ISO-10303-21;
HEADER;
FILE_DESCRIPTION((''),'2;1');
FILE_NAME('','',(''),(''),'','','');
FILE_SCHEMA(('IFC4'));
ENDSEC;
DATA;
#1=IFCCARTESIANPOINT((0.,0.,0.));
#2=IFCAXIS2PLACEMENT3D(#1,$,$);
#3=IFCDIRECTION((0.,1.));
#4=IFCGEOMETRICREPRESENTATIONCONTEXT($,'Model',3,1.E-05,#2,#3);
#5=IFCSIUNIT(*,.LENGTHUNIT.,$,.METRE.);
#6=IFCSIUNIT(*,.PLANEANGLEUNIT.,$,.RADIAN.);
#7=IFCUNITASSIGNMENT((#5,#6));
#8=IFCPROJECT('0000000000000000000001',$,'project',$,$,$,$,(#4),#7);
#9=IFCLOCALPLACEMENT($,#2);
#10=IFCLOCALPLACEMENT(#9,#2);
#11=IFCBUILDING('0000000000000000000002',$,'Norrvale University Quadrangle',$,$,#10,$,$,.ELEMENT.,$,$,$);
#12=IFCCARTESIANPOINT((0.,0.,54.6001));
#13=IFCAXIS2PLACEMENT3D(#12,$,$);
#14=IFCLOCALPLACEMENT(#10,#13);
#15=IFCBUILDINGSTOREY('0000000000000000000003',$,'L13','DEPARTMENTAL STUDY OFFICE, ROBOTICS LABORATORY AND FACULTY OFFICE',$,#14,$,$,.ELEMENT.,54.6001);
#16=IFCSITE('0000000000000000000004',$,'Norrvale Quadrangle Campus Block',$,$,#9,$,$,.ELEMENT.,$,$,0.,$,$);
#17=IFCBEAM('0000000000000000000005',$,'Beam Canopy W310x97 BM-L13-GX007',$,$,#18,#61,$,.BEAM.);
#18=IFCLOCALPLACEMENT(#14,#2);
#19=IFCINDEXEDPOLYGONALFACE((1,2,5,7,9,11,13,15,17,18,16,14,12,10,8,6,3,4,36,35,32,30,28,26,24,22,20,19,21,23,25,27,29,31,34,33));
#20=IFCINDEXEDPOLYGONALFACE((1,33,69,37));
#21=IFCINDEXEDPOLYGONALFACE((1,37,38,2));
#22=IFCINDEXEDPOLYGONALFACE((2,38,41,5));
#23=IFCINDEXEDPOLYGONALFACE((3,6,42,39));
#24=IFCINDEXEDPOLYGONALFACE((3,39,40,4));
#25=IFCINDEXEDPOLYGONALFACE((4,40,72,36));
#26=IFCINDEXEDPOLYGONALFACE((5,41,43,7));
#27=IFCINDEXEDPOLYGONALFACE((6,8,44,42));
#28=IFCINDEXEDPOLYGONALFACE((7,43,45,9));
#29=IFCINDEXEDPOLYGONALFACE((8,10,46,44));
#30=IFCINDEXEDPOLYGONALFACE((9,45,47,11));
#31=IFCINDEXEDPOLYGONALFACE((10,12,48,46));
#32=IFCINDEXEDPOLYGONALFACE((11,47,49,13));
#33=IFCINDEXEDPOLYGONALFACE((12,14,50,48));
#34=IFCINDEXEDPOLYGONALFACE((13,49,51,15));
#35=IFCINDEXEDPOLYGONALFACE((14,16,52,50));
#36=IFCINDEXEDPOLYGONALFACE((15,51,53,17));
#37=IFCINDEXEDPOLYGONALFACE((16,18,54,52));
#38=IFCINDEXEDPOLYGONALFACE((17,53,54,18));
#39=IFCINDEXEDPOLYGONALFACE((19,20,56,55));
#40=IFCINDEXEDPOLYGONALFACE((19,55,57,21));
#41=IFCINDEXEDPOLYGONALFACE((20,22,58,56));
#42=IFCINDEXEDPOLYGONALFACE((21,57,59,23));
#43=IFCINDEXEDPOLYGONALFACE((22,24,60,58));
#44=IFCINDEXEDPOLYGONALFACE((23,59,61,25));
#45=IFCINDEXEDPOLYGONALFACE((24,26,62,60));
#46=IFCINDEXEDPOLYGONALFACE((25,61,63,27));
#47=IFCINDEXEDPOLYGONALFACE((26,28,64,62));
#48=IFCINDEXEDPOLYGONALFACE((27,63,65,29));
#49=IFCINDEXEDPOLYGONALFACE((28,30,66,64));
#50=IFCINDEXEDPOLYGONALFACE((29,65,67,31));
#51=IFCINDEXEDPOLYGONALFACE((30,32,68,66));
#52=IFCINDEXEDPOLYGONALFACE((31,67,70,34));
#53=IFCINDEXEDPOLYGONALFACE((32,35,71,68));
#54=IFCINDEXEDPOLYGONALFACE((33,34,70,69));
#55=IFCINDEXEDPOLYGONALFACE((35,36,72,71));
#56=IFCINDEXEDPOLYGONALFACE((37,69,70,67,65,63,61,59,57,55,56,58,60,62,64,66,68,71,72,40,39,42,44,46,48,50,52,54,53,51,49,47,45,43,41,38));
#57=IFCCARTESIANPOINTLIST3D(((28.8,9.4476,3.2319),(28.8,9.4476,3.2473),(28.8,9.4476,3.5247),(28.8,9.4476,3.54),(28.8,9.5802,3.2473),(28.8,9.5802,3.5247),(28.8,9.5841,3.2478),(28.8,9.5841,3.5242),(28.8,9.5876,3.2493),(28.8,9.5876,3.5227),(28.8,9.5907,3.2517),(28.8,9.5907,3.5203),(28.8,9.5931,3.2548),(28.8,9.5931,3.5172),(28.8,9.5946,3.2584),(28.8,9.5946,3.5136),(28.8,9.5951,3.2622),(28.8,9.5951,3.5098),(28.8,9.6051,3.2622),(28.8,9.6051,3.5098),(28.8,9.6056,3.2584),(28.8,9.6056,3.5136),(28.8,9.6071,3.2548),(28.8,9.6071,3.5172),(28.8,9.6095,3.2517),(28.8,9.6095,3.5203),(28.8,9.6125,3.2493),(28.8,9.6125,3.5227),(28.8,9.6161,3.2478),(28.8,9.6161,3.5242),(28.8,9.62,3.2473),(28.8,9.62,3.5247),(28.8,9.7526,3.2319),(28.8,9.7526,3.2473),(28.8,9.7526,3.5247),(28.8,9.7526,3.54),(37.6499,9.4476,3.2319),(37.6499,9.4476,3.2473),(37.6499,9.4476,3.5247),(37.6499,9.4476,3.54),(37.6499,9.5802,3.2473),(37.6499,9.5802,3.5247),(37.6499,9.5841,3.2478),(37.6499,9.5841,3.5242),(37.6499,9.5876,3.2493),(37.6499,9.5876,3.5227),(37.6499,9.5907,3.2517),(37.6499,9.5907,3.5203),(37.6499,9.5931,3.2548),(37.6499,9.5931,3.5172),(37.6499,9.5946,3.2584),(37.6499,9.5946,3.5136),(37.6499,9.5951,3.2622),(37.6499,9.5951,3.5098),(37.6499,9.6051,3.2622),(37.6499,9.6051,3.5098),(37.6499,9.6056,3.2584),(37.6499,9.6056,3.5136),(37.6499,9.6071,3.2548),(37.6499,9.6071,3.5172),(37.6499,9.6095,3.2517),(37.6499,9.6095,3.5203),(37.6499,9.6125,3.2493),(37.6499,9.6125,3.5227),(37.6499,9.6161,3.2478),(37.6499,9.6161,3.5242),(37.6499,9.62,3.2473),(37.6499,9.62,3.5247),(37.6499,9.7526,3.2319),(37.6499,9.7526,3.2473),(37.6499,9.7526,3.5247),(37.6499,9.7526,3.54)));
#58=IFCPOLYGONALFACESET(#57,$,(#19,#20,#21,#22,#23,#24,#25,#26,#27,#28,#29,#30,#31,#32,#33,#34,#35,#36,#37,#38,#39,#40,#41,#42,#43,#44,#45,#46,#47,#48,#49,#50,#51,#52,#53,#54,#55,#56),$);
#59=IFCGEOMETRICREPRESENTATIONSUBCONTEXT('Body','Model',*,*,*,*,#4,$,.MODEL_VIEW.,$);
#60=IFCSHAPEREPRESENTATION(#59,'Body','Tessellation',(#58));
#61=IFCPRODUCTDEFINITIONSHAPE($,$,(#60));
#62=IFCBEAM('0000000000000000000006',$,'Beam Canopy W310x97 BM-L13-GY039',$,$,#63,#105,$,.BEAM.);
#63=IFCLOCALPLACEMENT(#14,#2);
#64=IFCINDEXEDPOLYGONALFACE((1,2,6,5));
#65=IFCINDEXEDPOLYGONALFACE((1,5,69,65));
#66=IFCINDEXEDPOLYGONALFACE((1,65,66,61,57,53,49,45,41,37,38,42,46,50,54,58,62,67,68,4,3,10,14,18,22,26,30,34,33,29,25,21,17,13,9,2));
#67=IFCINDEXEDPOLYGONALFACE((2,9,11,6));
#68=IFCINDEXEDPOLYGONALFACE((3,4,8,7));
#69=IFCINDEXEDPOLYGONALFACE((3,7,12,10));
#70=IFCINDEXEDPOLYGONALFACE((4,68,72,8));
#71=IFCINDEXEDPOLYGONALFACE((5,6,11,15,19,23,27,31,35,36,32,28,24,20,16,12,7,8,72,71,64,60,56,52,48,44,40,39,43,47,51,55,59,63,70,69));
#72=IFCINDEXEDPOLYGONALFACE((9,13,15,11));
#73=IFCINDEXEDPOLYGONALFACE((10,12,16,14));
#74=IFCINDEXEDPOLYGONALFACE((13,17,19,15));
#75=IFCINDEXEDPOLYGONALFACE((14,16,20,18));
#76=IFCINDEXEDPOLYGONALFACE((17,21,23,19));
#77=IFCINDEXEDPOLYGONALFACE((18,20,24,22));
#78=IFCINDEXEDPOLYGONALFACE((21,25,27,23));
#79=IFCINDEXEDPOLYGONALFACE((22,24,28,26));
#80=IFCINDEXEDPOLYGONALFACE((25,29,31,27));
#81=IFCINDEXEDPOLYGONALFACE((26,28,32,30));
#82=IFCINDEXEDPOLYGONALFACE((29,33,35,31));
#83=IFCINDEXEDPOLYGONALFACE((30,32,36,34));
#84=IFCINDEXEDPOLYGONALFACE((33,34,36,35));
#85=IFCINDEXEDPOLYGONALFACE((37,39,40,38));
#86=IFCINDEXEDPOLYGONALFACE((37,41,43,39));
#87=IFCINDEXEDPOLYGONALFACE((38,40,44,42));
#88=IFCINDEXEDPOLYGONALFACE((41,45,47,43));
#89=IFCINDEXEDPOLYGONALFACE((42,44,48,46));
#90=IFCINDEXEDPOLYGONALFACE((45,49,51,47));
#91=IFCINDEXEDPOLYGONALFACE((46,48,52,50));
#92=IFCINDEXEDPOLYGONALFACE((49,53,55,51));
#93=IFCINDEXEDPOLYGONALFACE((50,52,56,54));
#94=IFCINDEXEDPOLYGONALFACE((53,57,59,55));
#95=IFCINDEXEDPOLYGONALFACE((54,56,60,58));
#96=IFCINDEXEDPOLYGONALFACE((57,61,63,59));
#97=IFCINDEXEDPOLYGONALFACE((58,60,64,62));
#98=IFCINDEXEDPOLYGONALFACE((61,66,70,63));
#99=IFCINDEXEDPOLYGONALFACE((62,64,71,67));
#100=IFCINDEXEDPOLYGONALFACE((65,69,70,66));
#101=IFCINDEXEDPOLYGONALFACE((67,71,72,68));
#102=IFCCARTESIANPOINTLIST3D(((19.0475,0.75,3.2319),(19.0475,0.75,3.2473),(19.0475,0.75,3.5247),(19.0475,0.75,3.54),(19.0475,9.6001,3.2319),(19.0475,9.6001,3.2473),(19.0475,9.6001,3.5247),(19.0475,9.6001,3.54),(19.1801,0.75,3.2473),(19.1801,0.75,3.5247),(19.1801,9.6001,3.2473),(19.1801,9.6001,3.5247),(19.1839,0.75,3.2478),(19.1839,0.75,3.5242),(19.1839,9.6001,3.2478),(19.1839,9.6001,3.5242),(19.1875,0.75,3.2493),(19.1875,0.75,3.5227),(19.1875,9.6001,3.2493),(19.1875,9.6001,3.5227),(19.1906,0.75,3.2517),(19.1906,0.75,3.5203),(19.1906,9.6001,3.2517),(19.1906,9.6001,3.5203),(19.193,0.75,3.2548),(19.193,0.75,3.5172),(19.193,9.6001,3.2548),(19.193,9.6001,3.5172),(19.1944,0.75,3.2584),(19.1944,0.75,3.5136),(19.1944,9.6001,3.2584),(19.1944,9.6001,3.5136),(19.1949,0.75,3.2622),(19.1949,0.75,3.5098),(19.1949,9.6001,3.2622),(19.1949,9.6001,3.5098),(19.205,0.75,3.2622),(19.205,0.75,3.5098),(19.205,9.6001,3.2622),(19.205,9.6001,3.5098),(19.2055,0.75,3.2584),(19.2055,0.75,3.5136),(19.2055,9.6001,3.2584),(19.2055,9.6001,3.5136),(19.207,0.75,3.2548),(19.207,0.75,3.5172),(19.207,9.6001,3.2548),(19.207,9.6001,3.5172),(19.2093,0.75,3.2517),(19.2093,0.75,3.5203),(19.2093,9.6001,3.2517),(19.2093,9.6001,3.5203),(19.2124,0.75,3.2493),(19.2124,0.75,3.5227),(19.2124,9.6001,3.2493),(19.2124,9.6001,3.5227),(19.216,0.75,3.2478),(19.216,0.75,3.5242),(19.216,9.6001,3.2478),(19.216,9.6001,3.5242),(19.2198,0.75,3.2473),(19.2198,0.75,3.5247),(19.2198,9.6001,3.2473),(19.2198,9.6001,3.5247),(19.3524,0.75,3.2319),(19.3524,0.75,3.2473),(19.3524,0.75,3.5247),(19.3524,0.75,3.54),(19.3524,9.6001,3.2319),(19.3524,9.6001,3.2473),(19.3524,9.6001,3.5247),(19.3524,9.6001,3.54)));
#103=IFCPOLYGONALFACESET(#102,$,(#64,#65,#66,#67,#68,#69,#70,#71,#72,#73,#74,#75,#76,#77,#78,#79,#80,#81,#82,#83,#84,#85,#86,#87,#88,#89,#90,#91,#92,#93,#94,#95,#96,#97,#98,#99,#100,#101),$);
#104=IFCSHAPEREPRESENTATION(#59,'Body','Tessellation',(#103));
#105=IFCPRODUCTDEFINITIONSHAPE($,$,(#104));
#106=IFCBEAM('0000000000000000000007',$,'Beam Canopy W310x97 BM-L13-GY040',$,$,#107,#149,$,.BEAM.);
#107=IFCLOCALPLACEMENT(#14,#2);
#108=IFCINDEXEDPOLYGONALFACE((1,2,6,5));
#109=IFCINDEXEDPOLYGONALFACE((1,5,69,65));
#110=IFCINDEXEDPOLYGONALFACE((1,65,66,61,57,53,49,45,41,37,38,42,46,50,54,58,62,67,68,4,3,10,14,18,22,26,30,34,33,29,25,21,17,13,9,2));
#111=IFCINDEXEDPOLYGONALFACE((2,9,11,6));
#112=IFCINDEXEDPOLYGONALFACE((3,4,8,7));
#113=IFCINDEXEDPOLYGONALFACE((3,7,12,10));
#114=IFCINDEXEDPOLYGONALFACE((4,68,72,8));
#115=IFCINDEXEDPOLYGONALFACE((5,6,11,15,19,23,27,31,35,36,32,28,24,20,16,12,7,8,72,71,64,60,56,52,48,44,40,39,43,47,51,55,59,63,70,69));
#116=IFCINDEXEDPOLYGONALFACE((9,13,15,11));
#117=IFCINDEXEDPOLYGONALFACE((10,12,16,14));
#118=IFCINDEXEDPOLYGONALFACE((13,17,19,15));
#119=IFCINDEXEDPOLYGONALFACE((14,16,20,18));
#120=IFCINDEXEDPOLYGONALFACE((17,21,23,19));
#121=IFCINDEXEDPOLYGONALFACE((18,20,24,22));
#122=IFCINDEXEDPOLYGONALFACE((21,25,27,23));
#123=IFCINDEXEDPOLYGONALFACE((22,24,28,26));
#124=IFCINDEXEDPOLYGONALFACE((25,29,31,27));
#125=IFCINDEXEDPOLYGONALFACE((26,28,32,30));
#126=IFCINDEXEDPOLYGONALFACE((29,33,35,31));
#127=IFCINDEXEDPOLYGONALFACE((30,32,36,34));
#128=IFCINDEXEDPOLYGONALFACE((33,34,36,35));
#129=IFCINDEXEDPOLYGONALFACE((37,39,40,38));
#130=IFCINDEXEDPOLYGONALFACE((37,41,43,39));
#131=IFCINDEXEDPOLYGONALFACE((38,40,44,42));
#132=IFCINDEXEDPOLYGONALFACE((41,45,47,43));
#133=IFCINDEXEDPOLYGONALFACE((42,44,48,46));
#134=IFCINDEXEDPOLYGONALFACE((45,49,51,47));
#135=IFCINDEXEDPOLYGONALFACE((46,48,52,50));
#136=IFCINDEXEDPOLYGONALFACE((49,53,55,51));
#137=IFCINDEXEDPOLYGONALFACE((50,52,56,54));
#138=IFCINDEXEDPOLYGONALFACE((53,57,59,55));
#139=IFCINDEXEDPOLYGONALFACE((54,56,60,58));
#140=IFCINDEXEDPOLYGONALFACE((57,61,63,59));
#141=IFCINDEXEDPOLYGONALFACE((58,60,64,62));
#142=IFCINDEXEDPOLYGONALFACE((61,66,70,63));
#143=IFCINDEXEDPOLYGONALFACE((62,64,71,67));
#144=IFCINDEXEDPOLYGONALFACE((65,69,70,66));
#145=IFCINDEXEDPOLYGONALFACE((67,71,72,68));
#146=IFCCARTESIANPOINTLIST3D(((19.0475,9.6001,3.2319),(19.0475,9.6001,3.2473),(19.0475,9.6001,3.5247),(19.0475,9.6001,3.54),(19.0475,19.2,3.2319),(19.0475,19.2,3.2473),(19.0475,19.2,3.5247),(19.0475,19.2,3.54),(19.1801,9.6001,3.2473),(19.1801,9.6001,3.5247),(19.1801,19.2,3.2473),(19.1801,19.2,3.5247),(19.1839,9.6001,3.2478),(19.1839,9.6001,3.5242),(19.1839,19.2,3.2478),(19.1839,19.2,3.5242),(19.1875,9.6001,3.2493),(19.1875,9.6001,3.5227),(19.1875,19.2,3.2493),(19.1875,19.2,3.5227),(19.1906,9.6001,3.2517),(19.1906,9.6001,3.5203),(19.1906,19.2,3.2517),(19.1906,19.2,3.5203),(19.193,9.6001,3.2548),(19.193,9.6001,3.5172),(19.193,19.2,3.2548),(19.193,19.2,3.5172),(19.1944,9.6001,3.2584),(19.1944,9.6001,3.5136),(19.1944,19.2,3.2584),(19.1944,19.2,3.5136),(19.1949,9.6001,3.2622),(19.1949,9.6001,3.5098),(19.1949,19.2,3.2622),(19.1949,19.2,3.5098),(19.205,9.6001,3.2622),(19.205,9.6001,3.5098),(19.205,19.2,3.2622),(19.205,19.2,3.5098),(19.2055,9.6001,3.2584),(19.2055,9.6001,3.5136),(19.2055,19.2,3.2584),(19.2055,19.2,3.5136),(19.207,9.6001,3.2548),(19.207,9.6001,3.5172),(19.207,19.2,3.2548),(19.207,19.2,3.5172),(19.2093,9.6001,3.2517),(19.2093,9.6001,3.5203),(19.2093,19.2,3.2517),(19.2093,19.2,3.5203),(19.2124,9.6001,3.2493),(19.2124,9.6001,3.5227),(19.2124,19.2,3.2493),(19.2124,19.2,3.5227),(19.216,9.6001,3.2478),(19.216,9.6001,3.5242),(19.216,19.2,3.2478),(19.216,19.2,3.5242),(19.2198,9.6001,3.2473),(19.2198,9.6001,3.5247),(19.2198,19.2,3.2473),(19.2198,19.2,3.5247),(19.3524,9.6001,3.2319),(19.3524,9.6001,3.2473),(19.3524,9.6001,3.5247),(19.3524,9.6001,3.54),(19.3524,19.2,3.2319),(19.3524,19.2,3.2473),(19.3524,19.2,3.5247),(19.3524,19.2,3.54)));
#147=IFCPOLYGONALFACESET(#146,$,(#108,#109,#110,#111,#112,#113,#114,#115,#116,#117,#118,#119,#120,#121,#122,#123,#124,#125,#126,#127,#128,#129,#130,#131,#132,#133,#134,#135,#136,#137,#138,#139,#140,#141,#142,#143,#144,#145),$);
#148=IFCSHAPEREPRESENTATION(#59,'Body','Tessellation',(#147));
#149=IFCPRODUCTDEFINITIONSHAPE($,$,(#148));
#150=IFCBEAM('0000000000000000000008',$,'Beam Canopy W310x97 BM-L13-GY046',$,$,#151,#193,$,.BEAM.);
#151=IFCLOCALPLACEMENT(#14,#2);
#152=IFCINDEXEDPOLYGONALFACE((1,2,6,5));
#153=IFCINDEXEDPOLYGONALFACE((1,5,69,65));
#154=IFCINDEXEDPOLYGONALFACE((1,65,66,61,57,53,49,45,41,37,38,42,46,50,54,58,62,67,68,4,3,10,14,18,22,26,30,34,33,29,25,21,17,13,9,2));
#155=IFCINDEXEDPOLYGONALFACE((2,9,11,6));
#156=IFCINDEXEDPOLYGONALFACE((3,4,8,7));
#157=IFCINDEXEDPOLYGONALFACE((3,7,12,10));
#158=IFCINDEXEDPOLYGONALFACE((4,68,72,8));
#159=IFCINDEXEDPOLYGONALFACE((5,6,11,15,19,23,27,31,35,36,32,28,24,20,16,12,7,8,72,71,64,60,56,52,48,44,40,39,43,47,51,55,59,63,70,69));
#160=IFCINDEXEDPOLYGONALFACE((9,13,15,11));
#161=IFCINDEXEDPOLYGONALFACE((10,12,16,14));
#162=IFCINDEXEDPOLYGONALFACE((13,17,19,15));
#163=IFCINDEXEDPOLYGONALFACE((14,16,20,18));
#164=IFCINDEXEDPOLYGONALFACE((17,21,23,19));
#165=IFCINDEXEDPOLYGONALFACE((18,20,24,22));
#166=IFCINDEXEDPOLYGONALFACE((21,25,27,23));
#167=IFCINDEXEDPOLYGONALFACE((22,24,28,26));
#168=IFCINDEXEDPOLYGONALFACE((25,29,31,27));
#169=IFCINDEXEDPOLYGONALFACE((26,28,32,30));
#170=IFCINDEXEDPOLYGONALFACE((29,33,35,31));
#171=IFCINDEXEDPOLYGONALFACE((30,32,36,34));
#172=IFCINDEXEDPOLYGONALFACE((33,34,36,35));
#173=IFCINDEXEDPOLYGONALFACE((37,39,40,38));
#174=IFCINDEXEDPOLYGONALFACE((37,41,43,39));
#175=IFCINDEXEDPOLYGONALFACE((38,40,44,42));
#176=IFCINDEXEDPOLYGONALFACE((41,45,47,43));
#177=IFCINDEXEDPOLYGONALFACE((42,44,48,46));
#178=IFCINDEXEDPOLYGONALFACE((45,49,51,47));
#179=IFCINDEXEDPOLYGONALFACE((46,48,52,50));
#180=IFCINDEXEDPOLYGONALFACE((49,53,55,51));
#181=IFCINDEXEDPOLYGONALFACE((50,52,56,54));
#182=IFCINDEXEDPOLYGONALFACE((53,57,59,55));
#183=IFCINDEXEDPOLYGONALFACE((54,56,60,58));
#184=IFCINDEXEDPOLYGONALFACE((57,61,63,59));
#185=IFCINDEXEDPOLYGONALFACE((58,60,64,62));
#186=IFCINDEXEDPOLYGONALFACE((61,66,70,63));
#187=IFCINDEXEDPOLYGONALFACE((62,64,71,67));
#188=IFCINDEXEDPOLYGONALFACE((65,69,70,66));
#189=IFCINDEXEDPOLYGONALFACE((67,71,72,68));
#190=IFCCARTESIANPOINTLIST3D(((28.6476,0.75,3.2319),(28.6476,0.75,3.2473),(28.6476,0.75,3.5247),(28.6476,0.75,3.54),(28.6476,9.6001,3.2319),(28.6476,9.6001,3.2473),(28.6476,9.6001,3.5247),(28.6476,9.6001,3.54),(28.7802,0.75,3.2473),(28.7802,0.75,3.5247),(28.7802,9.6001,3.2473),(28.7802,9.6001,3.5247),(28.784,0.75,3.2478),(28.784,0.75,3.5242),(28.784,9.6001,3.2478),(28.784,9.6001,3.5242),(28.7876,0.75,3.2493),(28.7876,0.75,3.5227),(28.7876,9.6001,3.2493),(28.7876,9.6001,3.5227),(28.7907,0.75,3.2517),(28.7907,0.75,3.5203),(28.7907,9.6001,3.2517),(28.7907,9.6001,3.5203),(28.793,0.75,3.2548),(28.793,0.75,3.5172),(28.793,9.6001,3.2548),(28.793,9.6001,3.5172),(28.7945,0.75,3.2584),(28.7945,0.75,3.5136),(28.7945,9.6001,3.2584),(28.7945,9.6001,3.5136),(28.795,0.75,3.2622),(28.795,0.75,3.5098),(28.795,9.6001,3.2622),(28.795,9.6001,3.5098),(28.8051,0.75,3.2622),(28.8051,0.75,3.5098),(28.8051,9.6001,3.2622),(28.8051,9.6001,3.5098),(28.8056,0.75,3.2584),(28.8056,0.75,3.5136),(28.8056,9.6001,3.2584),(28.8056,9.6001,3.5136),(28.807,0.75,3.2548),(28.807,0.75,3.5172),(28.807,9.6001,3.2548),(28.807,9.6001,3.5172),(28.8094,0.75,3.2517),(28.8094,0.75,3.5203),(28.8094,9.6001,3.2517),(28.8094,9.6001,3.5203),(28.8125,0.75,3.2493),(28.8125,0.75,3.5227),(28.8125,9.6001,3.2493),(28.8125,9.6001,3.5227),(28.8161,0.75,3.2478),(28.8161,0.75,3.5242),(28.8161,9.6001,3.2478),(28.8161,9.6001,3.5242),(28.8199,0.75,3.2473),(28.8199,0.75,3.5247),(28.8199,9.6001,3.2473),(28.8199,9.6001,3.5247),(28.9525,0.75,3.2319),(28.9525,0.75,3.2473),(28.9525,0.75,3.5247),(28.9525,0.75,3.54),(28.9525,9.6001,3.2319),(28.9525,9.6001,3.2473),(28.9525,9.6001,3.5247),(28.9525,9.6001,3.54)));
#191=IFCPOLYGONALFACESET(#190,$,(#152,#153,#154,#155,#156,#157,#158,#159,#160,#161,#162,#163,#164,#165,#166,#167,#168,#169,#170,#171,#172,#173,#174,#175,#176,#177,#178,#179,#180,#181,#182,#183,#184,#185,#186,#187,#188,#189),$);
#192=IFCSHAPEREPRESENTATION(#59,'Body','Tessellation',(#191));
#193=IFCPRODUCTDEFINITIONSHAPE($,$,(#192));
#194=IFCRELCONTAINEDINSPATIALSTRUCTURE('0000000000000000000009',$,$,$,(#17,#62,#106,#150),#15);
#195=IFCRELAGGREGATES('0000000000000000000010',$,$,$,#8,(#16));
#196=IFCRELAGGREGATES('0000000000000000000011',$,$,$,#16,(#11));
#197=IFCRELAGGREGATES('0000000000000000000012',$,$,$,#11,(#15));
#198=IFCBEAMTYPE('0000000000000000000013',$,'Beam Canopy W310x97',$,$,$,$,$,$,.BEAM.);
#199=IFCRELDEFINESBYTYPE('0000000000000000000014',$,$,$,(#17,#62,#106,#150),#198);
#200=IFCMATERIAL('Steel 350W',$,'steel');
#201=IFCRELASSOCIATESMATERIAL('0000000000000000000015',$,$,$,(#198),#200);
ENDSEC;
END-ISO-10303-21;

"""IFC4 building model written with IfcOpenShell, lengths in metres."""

from ifc_helpers import new_model, si_unit, direction, frame, origin, origin_2d, place, context, subcontext, project, spatial, i_section, extrude, material, material_profile, profile_set, type_object, element, save


model = new_model("IFC4")

# Units and contexts
model_context = context("Model", 3, precision=1e-05, world=origin(), true_north=direction((0.0, 1.0)))
body_context = subcontext(model_context, "Body", "Model", "MODEL_VIEW")
ifc_project = project(units=[si_unit("LENGTHUNIT", "METRE"), si_unit("PLANEANGLEUNIT", "RADIAN")], contexts=[model_context])

# Site, building, storey
site_placement = place(None, origin())
site = spatial("IfcSite", under=ifc_project, at=site_placement, Name="Norrvale Quadrangle Campus Block", CompositionType="ELEMENT", RefElevation=0.0)
building_placement = place(site_placement, origin())
building = spatial("IfcBuilding", under=site, at=building_placement, Name="Norrvale University Quadrangle", CompositionType="ELEMENT")
storey_placement = place(building_placement, frame((0.0, 0.0, 54.6001)))
storey = spatial("IfcBuildingStorey", under=building, at=storey_placement, Name="L13", Description="DEPARTMENTAL STUDY OFFICE, ROBOTICS LABORATORY AND FACULTY OFFICE", CompositionType="ELEMENT", Elevation=54.6001)

# Beams
ifc_material_1 = material(Name="Steel 350W", Category="steel")
ifc_material_profile_1 = material_profile(ifc_material_1, i_section(OverallWidth=0.3049, OverallDepth=0.3081, WebThickness=0.01, FlangeThickness=0.0154, FilletRadius=0.0149, at=origin_2d()), Name="Steel 350W")
ifc_profile_set_1 = profile_set([ifc_material_profile_1], Name="Steel 350W")
beam_type_1 = type_object("IfcBeamType", Name="Beam Canopy W310x97", PredefinedType="BEAM", material=ifc_profile_set_1)
beam_1_placement = place(storey_placement, frame((28.8, 9.6001, 3.386), z_axis=(1.0, 0.0, 0.0), x_axis=(0.0, 1.0, 0.0)))
element("IfcBeam", 1, at=beam_1_placement, inside=storey, type_object=beam_type_1, Name="Beam Canopy W310x97 BM-L13-GX007", PredefinedType="BEAM", context=body_context, shape_type="SweptSolid", body=[
    extrude(i_section(OverallWidth=0.3049, OverallDepth=0.3081, WebThickness=0.01, FlangeThickness=0.0154, FilletRadius=0.0149, at=origin_2d()), origin(), (0.0, 0.0, 1.0), 8.8499),
])
beam_2_placement = place(storey_placement, frame((19.2, 0.75, 3.386), z_axis=(0.0, 1.0, 0.0), x_axis=(-1.0, 0.0, 0.0)))
element("IfcBeam", 2, at=beam_2_placement, inside=storey, type_object=beam_type_1, Name="Beam Canopy W310x97 BM-L13-GY039", PredefinedType="BEAM", context=body_context, shape_type="SweptSolid", body=[
    extrude(i_section(OverallWidth=0.3049, OverallDepth=0.3081, WebThickness=0.01, FlangeThickness=0.0154, FilletRadius=0.0149, at=origin_2d()), origin(), (0.0, 0.0, 1.0), 8.8501),
])
beam_3_placement = place(storey_placement, frame((19.2, 9.6001, 3.386), z_axis=(0.0, 1.0, 0.0), x_axis=(-1.0, 0.0, 0.0)))
element("IfcBeam", 3, at=beam_3_placement, inside=storey, type_object=beam_type_1, Name="Beam Canopy W310x97 BM-L13-GY040", PredefinedType="BEAM", context=body_context, shape_type="SweptSolid", body=[
    extrude(i_section(OverallWidth=0.3049, OverallDepth=0.3081, WebThickness=0.01, FlangeThickness=0.0154, FilletRadius=0.0149, at=origin_2d()), origin(), (0.0, 0.0, 1.0), 9.5999),
])
beam_4_placement = place(storey_placement, frame((28.8, 0.75, 3.386), z_axis=(0.0, 1.0, 0.0), x_axis=(-1.0, 0.0, 0.0)))
element("IfcBeam", 4, at=beam_4_placement, inside=storey, type_object=beam_type_1, Name="Beam Canopy W310x97 BM-L13-GY046", PredefinedType="BEAM", context=body_context, shape_type="SweptSolid", body=[
    extrude(i_section(OverallWidth=0.3049, OverallDepth=0.3081, WebThickness=0.01, FlangeThickness=0.0154, FilletRadius=0.0149, at=origin_2d()), origin(), (0.0, 0.0, 1.0), 8.8501),
])

save(model, "model.ifc")
